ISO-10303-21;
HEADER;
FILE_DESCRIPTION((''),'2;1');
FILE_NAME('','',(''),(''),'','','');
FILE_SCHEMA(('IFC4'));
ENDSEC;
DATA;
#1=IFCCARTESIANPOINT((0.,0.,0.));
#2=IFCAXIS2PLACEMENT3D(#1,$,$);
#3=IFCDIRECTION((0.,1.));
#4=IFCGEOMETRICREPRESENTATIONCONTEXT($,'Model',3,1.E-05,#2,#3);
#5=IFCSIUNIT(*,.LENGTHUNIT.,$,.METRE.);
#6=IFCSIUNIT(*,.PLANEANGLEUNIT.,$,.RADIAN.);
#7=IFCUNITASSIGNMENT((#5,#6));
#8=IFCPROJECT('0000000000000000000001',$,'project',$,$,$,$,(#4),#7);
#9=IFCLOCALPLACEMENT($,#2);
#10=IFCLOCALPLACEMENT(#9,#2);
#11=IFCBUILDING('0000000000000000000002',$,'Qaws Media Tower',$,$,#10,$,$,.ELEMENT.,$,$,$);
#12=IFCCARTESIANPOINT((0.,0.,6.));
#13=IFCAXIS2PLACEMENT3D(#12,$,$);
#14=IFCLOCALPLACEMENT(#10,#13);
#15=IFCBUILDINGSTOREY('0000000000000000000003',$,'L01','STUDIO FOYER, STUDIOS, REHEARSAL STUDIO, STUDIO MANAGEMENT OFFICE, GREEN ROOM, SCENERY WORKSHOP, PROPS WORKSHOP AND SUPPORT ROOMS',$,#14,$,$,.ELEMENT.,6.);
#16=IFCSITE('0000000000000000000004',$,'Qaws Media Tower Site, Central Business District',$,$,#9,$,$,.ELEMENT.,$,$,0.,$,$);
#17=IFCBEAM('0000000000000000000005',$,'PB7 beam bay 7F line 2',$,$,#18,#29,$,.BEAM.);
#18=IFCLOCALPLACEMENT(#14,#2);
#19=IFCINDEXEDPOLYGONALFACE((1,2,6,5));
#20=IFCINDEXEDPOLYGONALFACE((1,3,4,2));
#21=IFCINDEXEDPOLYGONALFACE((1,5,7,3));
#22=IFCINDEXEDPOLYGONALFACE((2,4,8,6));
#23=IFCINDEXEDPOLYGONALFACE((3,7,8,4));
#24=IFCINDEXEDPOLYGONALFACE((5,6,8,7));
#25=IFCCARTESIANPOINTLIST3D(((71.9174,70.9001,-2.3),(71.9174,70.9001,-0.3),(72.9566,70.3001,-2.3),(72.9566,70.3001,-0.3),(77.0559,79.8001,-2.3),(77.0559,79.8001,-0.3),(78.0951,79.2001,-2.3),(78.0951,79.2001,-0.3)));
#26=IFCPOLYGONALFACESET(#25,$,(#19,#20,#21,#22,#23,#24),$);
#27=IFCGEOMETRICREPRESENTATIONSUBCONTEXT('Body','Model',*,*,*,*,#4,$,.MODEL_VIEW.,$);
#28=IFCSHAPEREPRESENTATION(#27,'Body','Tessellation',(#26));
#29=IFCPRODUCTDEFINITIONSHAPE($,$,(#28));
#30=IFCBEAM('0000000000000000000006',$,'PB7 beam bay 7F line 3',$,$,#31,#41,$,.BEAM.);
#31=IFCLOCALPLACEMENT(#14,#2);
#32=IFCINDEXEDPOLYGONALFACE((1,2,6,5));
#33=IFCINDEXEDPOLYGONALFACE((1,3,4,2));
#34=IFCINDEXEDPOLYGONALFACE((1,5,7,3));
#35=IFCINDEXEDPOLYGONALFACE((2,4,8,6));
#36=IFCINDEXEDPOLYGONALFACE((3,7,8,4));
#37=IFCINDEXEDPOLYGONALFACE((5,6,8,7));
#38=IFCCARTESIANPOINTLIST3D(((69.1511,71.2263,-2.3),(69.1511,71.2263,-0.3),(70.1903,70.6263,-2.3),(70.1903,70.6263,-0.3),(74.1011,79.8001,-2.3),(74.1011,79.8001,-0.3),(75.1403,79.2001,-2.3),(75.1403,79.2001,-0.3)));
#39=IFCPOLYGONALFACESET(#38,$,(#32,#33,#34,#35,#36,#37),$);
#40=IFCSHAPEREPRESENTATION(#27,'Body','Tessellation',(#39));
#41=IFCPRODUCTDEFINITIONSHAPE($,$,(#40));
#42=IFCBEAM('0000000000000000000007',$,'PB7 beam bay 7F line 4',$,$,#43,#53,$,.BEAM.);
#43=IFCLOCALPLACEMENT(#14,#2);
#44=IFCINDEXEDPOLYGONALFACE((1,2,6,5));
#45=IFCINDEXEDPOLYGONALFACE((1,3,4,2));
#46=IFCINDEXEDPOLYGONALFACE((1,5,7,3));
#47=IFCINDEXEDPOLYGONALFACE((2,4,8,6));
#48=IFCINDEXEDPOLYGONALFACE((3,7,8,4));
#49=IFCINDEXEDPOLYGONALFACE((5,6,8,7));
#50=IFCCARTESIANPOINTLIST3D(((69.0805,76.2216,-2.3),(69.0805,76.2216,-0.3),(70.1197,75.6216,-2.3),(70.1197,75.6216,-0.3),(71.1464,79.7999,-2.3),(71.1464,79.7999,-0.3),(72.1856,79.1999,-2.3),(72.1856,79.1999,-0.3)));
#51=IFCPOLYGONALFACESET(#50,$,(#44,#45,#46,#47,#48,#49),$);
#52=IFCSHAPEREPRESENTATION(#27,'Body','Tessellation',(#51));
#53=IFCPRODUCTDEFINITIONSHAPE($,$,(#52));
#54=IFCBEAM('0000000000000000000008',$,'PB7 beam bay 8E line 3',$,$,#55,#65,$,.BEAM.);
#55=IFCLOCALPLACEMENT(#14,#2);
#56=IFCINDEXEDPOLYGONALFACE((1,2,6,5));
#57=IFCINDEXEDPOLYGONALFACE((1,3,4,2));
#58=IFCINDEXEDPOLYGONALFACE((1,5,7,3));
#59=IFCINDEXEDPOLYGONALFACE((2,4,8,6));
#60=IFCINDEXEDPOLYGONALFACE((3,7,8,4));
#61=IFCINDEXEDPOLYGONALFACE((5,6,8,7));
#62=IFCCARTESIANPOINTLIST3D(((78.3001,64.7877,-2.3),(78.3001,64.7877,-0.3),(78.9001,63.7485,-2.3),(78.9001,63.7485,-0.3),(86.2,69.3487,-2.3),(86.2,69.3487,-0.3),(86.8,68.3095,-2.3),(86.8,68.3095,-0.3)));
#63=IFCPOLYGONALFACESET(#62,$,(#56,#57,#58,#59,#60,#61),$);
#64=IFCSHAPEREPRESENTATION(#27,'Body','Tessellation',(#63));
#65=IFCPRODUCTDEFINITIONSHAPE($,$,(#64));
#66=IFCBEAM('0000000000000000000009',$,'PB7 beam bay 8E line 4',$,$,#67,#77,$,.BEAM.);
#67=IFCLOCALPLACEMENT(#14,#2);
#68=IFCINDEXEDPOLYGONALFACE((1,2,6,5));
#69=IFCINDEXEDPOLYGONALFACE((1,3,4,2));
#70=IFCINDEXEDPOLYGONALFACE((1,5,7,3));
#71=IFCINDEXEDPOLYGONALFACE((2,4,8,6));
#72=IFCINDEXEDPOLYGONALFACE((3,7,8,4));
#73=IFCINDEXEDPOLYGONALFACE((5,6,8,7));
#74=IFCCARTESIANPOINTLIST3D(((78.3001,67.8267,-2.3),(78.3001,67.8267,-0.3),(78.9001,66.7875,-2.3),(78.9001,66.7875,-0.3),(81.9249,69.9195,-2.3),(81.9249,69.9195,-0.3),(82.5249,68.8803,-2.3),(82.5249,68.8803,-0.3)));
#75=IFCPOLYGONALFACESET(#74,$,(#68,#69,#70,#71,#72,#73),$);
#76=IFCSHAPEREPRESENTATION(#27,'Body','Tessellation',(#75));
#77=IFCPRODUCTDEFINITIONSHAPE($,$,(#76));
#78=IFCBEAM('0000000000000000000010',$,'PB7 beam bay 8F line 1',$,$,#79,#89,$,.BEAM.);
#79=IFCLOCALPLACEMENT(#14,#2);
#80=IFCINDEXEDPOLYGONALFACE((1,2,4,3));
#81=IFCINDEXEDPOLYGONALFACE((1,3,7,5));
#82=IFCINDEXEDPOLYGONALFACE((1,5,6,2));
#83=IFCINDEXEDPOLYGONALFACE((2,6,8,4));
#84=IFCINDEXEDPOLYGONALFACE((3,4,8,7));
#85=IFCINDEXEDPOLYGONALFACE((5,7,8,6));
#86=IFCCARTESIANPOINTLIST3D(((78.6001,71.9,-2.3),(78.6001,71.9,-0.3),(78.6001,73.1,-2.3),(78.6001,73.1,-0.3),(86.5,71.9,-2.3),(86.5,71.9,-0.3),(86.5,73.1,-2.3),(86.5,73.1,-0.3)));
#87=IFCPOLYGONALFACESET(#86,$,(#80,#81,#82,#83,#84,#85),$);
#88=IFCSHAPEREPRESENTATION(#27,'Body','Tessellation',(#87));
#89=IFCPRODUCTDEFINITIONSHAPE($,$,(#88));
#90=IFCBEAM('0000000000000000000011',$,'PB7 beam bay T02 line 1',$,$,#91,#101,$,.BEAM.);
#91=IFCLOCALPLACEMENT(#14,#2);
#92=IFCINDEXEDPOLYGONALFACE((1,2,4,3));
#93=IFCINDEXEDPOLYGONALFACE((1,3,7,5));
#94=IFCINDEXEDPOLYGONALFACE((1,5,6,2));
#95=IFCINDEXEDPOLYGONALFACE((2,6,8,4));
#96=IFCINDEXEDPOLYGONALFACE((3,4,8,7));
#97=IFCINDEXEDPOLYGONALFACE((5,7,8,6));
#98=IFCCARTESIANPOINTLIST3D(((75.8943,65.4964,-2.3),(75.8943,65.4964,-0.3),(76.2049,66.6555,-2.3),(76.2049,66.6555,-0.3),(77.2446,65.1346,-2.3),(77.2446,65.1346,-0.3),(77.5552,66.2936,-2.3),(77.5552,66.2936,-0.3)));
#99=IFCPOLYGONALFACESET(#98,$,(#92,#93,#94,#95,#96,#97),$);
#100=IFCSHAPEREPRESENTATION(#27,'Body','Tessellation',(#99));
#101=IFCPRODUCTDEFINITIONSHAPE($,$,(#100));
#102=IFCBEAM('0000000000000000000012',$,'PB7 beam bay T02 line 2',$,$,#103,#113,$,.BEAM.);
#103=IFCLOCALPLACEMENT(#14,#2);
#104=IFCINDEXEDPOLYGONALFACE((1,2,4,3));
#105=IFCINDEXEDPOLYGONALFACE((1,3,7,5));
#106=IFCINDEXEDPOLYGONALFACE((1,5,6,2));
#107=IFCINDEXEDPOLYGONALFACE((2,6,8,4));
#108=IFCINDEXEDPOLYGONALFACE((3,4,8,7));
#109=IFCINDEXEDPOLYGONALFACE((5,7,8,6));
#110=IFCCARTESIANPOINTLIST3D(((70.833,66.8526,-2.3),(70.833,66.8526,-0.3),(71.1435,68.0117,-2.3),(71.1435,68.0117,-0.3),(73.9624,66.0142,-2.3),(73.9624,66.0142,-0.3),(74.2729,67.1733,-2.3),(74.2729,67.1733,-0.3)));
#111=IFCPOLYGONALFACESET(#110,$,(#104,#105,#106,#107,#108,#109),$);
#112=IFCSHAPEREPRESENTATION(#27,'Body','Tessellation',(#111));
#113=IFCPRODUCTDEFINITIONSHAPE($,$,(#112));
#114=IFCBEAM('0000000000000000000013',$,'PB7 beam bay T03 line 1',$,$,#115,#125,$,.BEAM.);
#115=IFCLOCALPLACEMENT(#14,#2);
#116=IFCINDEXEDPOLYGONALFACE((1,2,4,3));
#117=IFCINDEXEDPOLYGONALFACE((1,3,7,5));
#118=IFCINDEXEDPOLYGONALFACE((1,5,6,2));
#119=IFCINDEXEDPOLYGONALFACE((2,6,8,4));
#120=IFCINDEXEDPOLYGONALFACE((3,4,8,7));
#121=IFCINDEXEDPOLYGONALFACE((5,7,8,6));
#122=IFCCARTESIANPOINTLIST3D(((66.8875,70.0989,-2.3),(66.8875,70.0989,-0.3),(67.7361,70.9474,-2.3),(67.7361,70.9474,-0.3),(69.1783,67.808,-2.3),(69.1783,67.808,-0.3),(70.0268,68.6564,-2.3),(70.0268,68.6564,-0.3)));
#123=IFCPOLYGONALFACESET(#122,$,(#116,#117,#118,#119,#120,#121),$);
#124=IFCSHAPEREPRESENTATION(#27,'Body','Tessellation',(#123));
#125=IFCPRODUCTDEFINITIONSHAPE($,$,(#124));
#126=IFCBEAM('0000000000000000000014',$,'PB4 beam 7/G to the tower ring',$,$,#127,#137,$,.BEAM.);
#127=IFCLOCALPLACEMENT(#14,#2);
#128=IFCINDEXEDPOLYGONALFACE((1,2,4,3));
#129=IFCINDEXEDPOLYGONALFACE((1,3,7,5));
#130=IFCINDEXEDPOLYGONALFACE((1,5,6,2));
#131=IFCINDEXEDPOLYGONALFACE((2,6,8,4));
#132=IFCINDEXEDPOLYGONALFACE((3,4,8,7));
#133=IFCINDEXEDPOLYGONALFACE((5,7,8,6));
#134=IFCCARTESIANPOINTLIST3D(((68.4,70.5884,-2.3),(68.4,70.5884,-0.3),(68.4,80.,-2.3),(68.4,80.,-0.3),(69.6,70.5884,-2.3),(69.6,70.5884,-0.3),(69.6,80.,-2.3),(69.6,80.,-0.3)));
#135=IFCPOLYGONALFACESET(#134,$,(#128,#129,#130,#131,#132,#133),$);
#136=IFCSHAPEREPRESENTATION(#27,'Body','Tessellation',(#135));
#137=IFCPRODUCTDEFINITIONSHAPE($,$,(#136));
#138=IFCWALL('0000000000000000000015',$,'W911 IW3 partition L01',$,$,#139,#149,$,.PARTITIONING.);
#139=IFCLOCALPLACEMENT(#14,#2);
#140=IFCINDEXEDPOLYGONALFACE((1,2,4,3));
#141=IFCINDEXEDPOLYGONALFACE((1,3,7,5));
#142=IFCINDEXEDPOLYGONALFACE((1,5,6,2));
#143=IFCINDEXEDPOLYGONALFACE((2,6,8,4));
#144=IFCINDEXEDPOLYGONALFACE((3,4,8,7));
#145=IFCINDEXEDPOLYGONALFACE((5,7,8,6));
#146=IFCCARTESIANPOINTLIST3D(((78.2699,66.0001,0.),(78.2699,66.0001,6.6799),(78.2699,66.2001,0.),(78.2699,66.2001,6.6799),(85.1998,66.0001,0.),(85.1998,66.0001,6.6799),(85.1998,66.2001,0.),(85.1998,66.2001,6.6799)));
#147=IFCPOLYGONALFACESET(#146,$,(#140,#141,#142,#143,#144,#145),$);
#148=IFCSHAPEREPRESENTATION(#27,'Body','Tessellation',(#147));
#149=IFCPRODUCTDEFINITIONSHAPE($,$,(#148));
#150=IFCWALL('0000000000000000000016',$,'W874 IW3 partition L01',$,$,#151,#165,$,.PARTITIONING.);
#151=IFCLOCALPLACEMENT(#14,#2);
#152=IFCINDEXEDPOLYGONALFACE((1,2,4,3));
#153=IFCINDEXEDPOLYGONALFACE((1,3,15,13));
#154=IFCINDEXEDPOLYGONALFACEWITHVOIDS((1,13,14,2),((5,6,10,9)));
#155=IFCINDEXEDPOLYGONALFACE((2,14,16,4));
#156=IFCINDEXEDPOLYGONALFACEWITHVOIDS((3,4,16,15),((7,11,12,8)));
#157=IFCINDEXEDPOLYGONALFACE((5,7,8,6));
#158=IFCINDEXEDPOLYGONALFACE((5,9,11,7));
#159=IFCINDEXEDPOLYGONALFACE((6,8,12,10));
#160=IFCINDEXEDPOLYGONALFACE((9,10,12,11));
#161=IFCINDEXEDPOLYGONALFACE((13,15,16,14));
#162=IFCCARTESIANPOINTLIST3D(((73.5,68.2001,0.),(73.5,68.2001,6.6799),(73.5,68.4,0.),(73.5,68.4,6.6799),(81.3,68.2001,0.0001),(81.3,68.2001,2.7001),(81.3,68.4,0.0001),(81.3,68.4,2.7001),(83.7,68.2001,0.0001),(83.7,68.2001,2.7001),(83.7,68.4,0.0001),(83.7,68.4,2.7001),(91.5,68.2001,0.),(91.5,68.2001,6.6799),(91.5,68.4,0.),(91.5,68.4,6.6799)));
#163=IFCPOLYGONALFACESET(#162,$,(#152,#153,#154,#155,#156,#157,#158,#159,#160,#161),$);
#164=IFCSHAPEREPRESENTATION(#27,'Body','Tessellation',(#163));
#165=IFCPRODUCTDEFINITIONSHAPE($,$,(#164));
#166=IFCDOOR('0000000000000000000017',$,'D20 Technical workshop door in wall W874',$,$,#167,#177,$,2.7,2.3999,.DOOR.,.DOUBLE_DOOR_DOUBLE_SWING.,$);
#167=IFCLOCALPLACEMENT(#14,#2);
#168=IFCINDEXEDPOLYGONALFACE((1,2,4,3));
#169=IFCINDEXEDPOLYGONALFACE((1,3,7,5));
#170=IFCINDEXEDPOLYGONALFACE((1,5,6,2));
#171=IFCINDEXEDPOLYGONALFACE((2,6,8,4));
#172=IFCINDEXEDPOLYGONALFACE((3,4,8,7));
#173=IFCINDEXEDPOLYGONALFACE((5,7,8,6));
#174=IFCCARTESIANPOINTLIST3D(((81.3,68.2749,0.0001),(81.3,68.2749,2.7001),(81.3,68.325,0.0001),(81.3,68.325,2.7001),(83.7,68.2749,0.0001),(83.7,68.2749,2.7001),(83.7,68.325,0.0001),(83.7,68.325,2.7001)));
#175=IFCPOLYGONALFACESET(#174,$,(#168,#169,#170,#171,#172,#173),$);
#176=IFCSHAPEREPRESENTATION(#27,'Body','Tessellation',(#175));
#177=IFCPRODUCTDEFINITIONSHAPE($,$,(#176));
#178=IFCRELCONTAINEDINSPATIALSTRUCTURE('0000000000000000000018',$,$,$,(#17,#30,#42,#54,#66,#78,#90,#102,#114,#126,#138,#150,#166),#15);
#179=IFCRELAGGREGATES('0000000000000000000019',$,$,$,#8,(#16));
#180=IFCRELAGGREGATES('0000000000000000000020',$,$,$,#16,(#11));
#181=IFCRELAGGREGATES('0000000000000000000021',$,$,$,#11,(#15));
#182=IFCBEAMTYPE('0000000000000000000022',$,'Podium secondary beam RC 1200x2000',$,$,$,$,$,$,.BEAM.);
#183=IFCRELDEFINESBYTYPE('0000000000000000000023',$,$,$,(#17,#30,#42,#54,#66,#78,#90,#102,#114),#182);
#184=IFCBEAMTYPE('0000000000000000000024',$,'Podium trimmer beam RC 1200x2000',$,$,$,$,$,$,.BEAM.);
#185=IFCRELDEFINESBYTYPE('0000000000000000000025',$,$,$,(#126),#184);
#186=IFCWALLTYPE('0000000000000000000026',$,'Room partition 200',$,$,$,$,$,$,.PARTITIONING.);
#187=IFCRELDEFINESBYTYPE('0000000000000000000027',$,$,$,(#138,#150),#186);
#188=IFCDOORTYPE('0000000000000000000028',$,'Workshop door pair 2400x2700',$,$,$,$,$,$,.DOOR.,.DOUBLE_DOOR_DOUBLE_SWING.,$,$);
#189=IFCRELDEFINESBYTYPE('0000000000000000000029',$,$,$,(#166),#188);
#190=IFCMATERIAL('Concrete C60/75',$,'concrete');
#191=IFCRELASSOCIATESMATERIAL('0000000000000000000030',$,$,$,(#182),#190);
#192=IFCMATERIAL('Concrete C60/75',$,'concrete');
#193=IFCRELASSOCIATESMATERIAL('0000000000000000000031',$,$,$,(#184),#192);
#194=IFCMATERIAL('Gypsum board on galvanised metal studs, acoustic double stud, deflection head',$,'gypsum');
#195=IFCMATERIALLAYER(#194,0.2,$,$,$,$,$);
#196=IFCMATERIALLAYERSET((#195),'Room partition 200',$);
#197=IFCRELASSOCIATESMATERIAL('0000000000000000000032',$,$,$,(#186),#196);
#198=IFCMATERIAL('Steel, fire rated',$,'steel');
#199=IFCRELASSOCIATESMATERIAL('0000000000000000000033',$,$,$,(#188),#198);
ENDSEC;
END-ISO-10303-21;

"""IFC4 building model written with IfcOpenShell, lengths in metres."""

from ifc_helpers import new_model, si_unit, direction, frame, frame_2d, origin, origin_2d, place, context, subcontext, project, spatial, rectangle, extrude, material, layer, layer_set, material_profile, profile_set, type_object, element, fill, save


model = new_model("IFC4")

# Units and contexts
model_context = context("Model", 3, precision=1e-05, world=origin(), true_north=direction((0.0, 1.0)))
body_context = subcontext(model_context, "Body", "Model", "MODEL_VIEW")
ifc_project = project(units=[si_unit("LENGTHUNIT", "METRE"), si_unit("PLANEANGLEUNIT", "RADIAN")], contexts=[model_context])

# Site, building, storey
site_placement = place(None, origin())
site = spatial("IfcSite", under=ifc_project, at=site_placement, Name="Qaws Media Tower Site, Central Business District", CompositionType="ELEMENT", RefElevation=0.0)
building_placement = place(site_placement, origin())
building = spatial("IfcBuilding", under=site, at=building_placement, Name="Qaws Media Tower", CompositionType="ELEMENT")
storey_placement = place(building_placement, frame((0.0, 0.0, 6.0)))
storey = spatial("IfcBuildingStorey", under=building, at=storey_placement, Name="L01", Description="STUDIO FOYER, STUDIOS, REHEARSAL STUDIO, STUDIO MANAGEMENT OFFICE, GREEN ROOM, SCENERY WORKSHOP, PROPS WORKSHOP AND SUPPORT ROOMS", CompositionType="ELEMENT", Elevation=6.0)

# Beams
ifc_material_1 = material(Name="Concrete C60/75", Category="concrete")
ifc_material_profile_1 = material_profile(ifc_material_1, rectangle(XDim=1.2, YDim=2.0, at=origin_2d()), Name="RC 1200x2000")
ifc_profile_set_1 = profile_set([ifc_material_profile_1], Name="Concrete C60/75")
beam_type_1 = type_object("IfcBeamType", Name="Podium secondary beam RC 1200x2000", PredefinedType="BEAM", material=ifc_profile_set_1)
beam_1_placement = place(storey_placement, frame((72.437, 70.6001, -1.3), z_axis=(0.500005, 0.866023, 0.0), x_axis=(-0.866023, 0.500005, 0.0)))
element("IfcBeam", 1, at=beam_1_placement, inside=storey, type_object=beam_type_1, Name="PB7 beam bay 7F line 2", PredefinedType="BEAM", context=body_context, shape_type="SweptSolid", body=[
    extrude(rectangle(XDim=1.2, YDim=2.0, at=origin_2d()), origin(), (0.0, 0.0, 1.0), 10.2769),
])
beam_2_placement = place(storey_placement, frame((69.6707, 70.9263, -1.3), z_axis=(0.499993, 0.86603, 0.0), x_axis=(-0.86603, 0.499993, 0.0)))
element("IfcBeam", 2, at=beam_2_placement, inside=storey, type_object=beam_type_1, Name="PB7 beam bay 7F line 3", PredefinedType="BEAM", context=body_context, shape_type="SweptSolid", body=[
    extrude(rectangle(XDim=1.2, YDim=2.0, at=origin_2d()), origin(), (0.0, 0.0, 1.0), 9.9001),
])
beam_3_placement = place(storey_placement, frame((69.6001, 75.9216, -1.3), z_axis=(0.49999, 0.866031, 0.0), x_axis=(-0.866031, 0.49999, 0.0)))
element("IfcBeam", 3, at=beam_3_placement, inside=storey, type_object=beam_type_1, Name="PB7 beam bay 7F line 4", PredefinedType="BEAM", context=body_context, shape_type="SweptSolid", body=[
    extrude(rectangle(XDim=1.2, YDim=2.0, at=origin_2d()), origin(), (0.0, 0.0, 1.0), 4.1318),
])
beam_4_placement = place(storey_placement, frame((78.6001, 64.2681, -1.3), z_axis=(0.866024, 0.500002, 0.0), x_axis=(-0.500002, 0.866024, 0.0)))
element("IfcBeam", 4, at=beam_4_placement, inside=storey, type_object=beam_type_1, Name="PB7 beam bay 8E line 3", PredefinedType="BEAM", context=body_context, shape_type="SweptSolid", body=[
    extrude(rectangle(XDim=1.2, YDim=2.0, at=origin_2d()), origin(), (0.0, 0.0, 1.0), 9.1221),
])
beam_5_placement = place(storey_placement, frame((78.6001, 67.3071, -1.3), z_axis=(0.866023, 0.500004, 0.0), x_axis=(-0.500004, 0.866023, 0.0)))
element("IfcBeam", 5, at=beam_5_placement, inside=storey, type_object=beam_type_1, Name="PB7 beam bay 8E line 4", PredefinedType="BEAM", context=body_context, shape_type="SweptSolid", body=[
    extrude(rectangle(XDim=1.2, YDim=2.0, at=origin_2d()), origin(), (0.0, 0.0, 1.0), 4.1855),
])
beam_6_placement = place(storey_placement, frame((78.6001, 72.5, -1.3), z_axis=(1.0, 0.0, 0.0), x_axis=(0.0, 1.0, 0.0)))
element("IfcBeam", 6, at=beam_6_placement, inside=storey, type_object=beam_type_1, Name="PB7 beam bay 8F line 1", PredefinedType="BEAM", context=body_context, shape_type="SweptSolid", body=[
    extrude(rectangle(XDim=1.2, YDim=2.0, at=origin_2d()), origin(), (0.0, 0.0, 1.0), 7.8999),
])
beam_7_placement = place(storey_placement, frame((77.3999, 65.7141, -1.3), z_axis=(-0.965927, 0.258815, 0.0), x_axis=(-0.258815, -0.965927, 0.0)))
element("IfcBeam", 7, at=beam_7_placement, inside=storey, type_object=beam_type_1, Name="PB7 beam bay T02 line 1", PredefinedType="BEAM", context=body_context, shape_type="SweptSolid", body=[
    extrude(rectangle(XDim=1.2, YDim=2.0, at=origin_2d()), origin(), (0.0, 0.0, 1.0), 1.3979),
])
for number, where, z_axis, x_axis, name in (
    (8, (74.1177, 66.5938, -1.3), (-0.965937, 0.258779, 0.0), (-0.258779, -0.965937, 0.0), "PB7 beam bay T02 line 2"),
    (9, (69.6025, 68.2322, -1.3), (-0.707069, 0.707144, 0.0), (-0.707144, -0.707069, 0.0), "PB7 beam bay T03 line 1"),
):
    element("IfcBeam", number, at=place(storey_placement, frame(where, z_axis=z_axis, x_axis=x_axis)), inside=storey, type_object=beam_type_1, Name=name, PredefinedType="BEAM", context=body_context, shape_type="SweptSolid", body=[
        extrude(rectangle(XDim=1.2, YDim=2.0, at=origin_2d()), origin(), (0.0, 0.0, 1.0), 3.2397),
    ])
ifc_material_2 = material(Name="Concrete C60/75", Category="concrete")
ifc_material_profile_2 = material_profile(ifc_material_2, rectangle(XDim=1.2, YDim=2.0, at=origin_2d()), Name="RC 1200x2000")
ifc_profile_set_2 = profile_set([ifc_material_profile_2], Name="Concrete C60/75")
beam_type_2 = type_object("IfcBeamType", Name="Podium trimmer beam RC 1200x2000", PredefinedType="BEAM", material=ifc_profile_set_2)
beam_8_placement = place(storey_placement, frame((69.0, 80.0, -1.3), z_axis=(0.0, -1.0, 0.0), x_axis=(1.0, 0.0, 0.0)))
element("IfcBeam", 10, at=beam_8_placement, inside=storey, type_object=beam_type_2, Name="PB4 beam 7/G to the tower ring", PredefinedType="BEAM", context=body_context, shape_type="SweptSolid", body=[
    extrude(rectangle(XDim=1.2, YDim=2.0, at=origin_2d()), origin(), (0.0, 0.0, 1.0), 9.4116),
])

# Wall
ifc_material_3 = material(Name="Gypsum board on galvanised metal studs, acoustic double stud, deflection head", Category="gypsum")
ifc_layer = layer(ifc_material_3, 0.2)
ifc_layer_set = layer_set([ifc_layer], Name="Room partition 200")
wall_type = type_object("IfcWallType", Name="Room partition 200", PredefinedType="PARTITIONING", material=ifc_layer_set)
wall_1_placement = place(storey_placement, frame((78.27, 66.1001, 0.0), z_axis=(0.0, 0.0, 1.0), x_axis=(1.0, 0.0, 0.0)))
element("IfcWall", 11, at=wall_1_placement, inside=storey, type_object=wall_type, Name="W911 IW3 partition L01", PredefinedType="PARTITIONING", context=body_context, shape_type="SweptSolid", body=[
    extrude(rectangle(XDim=6.9299, YDim=0.2, at=frame_2d((3.4648, 0.0))), origin(), (0.0, 0.0, 1.0), 6.6799),
])

# Wall, opening, door
wall_2_placement = place(storey_placement, frame((73.5, 68.3, 0.0), z_axis=(0.0, 0.0, 1.0), x_axis=(1.0, 0.0, 0.0)))
wall_2 = element("IfcWall", 12, at=wall_2_placement, inside=storey, type_object=wall_type, Name="W874 IW3 partition L01", PredefinedType="PARTITIONING", context=body_context, shape_type="SweptSolid", body=[
    extrude(rectangle(XDim=18.0, YDim=0.2, at=frame_2d((9.0, 0.0))), origin(), (0.0, 0.0, 1.0), 6.6799),
])
opening_placement = place(wall_2_placement, frame((7.8, 0.0, 0.0)))
opening = element("IfcOpeningElement", 13, at=opening_placement, cuts=wall_2, PredefinedType="OPENING", context=body_context, shape_type="SweptSolid", body=[
    extrude(rectangle(XDim=2.3999, YDim=2.7, at=frame_2d((1.2, 1.3501))), frame((0.0, 0.1099, 0.0), z_axis=(0.0, -1.0, 0.0), x_axis=(1.0, 0.0, 0.0)), (0.0, 0.0, 1.0), 0.22),
])
ifc_material_4 = material(Name="Steel, fire rated", Category="steel")
door_type = type_object("IfcDoorType", Name="Workshop door pair 2400x2700", OperationType="DOUBLE_DOOR_DOUBLE_SWING", PredefinedType="DOOR", material=ifc_material_4)
door_placement = place(opening_placement, origin())
door = element("IfcDoor", 14, at=door_placement, inside=storey, type_object=door_type, Name="D20 Technical workshop door in wall W874", OperationType="DOUBLE_DOOR_DOUBLE_SWING", OverallHeight=2.7, OverallWidth=2.3999, PredefinedType="DOOR", context=body_context, shape_type="SweptSolid", body=[
    extrude(rectangle(XDim=2.3999, YDim=2.7, at=frame_2d((1.2, 1.3501))), frame((0.0, 0.0249, 0.0), z_axis=(0.0, -1.0, 0.0), x_axis=(1.0, 0.0, 0.0)), (0.0, 0.0, 1.0), 0.05),
])
fill(opening, door)

save(model, "model.ifc")
